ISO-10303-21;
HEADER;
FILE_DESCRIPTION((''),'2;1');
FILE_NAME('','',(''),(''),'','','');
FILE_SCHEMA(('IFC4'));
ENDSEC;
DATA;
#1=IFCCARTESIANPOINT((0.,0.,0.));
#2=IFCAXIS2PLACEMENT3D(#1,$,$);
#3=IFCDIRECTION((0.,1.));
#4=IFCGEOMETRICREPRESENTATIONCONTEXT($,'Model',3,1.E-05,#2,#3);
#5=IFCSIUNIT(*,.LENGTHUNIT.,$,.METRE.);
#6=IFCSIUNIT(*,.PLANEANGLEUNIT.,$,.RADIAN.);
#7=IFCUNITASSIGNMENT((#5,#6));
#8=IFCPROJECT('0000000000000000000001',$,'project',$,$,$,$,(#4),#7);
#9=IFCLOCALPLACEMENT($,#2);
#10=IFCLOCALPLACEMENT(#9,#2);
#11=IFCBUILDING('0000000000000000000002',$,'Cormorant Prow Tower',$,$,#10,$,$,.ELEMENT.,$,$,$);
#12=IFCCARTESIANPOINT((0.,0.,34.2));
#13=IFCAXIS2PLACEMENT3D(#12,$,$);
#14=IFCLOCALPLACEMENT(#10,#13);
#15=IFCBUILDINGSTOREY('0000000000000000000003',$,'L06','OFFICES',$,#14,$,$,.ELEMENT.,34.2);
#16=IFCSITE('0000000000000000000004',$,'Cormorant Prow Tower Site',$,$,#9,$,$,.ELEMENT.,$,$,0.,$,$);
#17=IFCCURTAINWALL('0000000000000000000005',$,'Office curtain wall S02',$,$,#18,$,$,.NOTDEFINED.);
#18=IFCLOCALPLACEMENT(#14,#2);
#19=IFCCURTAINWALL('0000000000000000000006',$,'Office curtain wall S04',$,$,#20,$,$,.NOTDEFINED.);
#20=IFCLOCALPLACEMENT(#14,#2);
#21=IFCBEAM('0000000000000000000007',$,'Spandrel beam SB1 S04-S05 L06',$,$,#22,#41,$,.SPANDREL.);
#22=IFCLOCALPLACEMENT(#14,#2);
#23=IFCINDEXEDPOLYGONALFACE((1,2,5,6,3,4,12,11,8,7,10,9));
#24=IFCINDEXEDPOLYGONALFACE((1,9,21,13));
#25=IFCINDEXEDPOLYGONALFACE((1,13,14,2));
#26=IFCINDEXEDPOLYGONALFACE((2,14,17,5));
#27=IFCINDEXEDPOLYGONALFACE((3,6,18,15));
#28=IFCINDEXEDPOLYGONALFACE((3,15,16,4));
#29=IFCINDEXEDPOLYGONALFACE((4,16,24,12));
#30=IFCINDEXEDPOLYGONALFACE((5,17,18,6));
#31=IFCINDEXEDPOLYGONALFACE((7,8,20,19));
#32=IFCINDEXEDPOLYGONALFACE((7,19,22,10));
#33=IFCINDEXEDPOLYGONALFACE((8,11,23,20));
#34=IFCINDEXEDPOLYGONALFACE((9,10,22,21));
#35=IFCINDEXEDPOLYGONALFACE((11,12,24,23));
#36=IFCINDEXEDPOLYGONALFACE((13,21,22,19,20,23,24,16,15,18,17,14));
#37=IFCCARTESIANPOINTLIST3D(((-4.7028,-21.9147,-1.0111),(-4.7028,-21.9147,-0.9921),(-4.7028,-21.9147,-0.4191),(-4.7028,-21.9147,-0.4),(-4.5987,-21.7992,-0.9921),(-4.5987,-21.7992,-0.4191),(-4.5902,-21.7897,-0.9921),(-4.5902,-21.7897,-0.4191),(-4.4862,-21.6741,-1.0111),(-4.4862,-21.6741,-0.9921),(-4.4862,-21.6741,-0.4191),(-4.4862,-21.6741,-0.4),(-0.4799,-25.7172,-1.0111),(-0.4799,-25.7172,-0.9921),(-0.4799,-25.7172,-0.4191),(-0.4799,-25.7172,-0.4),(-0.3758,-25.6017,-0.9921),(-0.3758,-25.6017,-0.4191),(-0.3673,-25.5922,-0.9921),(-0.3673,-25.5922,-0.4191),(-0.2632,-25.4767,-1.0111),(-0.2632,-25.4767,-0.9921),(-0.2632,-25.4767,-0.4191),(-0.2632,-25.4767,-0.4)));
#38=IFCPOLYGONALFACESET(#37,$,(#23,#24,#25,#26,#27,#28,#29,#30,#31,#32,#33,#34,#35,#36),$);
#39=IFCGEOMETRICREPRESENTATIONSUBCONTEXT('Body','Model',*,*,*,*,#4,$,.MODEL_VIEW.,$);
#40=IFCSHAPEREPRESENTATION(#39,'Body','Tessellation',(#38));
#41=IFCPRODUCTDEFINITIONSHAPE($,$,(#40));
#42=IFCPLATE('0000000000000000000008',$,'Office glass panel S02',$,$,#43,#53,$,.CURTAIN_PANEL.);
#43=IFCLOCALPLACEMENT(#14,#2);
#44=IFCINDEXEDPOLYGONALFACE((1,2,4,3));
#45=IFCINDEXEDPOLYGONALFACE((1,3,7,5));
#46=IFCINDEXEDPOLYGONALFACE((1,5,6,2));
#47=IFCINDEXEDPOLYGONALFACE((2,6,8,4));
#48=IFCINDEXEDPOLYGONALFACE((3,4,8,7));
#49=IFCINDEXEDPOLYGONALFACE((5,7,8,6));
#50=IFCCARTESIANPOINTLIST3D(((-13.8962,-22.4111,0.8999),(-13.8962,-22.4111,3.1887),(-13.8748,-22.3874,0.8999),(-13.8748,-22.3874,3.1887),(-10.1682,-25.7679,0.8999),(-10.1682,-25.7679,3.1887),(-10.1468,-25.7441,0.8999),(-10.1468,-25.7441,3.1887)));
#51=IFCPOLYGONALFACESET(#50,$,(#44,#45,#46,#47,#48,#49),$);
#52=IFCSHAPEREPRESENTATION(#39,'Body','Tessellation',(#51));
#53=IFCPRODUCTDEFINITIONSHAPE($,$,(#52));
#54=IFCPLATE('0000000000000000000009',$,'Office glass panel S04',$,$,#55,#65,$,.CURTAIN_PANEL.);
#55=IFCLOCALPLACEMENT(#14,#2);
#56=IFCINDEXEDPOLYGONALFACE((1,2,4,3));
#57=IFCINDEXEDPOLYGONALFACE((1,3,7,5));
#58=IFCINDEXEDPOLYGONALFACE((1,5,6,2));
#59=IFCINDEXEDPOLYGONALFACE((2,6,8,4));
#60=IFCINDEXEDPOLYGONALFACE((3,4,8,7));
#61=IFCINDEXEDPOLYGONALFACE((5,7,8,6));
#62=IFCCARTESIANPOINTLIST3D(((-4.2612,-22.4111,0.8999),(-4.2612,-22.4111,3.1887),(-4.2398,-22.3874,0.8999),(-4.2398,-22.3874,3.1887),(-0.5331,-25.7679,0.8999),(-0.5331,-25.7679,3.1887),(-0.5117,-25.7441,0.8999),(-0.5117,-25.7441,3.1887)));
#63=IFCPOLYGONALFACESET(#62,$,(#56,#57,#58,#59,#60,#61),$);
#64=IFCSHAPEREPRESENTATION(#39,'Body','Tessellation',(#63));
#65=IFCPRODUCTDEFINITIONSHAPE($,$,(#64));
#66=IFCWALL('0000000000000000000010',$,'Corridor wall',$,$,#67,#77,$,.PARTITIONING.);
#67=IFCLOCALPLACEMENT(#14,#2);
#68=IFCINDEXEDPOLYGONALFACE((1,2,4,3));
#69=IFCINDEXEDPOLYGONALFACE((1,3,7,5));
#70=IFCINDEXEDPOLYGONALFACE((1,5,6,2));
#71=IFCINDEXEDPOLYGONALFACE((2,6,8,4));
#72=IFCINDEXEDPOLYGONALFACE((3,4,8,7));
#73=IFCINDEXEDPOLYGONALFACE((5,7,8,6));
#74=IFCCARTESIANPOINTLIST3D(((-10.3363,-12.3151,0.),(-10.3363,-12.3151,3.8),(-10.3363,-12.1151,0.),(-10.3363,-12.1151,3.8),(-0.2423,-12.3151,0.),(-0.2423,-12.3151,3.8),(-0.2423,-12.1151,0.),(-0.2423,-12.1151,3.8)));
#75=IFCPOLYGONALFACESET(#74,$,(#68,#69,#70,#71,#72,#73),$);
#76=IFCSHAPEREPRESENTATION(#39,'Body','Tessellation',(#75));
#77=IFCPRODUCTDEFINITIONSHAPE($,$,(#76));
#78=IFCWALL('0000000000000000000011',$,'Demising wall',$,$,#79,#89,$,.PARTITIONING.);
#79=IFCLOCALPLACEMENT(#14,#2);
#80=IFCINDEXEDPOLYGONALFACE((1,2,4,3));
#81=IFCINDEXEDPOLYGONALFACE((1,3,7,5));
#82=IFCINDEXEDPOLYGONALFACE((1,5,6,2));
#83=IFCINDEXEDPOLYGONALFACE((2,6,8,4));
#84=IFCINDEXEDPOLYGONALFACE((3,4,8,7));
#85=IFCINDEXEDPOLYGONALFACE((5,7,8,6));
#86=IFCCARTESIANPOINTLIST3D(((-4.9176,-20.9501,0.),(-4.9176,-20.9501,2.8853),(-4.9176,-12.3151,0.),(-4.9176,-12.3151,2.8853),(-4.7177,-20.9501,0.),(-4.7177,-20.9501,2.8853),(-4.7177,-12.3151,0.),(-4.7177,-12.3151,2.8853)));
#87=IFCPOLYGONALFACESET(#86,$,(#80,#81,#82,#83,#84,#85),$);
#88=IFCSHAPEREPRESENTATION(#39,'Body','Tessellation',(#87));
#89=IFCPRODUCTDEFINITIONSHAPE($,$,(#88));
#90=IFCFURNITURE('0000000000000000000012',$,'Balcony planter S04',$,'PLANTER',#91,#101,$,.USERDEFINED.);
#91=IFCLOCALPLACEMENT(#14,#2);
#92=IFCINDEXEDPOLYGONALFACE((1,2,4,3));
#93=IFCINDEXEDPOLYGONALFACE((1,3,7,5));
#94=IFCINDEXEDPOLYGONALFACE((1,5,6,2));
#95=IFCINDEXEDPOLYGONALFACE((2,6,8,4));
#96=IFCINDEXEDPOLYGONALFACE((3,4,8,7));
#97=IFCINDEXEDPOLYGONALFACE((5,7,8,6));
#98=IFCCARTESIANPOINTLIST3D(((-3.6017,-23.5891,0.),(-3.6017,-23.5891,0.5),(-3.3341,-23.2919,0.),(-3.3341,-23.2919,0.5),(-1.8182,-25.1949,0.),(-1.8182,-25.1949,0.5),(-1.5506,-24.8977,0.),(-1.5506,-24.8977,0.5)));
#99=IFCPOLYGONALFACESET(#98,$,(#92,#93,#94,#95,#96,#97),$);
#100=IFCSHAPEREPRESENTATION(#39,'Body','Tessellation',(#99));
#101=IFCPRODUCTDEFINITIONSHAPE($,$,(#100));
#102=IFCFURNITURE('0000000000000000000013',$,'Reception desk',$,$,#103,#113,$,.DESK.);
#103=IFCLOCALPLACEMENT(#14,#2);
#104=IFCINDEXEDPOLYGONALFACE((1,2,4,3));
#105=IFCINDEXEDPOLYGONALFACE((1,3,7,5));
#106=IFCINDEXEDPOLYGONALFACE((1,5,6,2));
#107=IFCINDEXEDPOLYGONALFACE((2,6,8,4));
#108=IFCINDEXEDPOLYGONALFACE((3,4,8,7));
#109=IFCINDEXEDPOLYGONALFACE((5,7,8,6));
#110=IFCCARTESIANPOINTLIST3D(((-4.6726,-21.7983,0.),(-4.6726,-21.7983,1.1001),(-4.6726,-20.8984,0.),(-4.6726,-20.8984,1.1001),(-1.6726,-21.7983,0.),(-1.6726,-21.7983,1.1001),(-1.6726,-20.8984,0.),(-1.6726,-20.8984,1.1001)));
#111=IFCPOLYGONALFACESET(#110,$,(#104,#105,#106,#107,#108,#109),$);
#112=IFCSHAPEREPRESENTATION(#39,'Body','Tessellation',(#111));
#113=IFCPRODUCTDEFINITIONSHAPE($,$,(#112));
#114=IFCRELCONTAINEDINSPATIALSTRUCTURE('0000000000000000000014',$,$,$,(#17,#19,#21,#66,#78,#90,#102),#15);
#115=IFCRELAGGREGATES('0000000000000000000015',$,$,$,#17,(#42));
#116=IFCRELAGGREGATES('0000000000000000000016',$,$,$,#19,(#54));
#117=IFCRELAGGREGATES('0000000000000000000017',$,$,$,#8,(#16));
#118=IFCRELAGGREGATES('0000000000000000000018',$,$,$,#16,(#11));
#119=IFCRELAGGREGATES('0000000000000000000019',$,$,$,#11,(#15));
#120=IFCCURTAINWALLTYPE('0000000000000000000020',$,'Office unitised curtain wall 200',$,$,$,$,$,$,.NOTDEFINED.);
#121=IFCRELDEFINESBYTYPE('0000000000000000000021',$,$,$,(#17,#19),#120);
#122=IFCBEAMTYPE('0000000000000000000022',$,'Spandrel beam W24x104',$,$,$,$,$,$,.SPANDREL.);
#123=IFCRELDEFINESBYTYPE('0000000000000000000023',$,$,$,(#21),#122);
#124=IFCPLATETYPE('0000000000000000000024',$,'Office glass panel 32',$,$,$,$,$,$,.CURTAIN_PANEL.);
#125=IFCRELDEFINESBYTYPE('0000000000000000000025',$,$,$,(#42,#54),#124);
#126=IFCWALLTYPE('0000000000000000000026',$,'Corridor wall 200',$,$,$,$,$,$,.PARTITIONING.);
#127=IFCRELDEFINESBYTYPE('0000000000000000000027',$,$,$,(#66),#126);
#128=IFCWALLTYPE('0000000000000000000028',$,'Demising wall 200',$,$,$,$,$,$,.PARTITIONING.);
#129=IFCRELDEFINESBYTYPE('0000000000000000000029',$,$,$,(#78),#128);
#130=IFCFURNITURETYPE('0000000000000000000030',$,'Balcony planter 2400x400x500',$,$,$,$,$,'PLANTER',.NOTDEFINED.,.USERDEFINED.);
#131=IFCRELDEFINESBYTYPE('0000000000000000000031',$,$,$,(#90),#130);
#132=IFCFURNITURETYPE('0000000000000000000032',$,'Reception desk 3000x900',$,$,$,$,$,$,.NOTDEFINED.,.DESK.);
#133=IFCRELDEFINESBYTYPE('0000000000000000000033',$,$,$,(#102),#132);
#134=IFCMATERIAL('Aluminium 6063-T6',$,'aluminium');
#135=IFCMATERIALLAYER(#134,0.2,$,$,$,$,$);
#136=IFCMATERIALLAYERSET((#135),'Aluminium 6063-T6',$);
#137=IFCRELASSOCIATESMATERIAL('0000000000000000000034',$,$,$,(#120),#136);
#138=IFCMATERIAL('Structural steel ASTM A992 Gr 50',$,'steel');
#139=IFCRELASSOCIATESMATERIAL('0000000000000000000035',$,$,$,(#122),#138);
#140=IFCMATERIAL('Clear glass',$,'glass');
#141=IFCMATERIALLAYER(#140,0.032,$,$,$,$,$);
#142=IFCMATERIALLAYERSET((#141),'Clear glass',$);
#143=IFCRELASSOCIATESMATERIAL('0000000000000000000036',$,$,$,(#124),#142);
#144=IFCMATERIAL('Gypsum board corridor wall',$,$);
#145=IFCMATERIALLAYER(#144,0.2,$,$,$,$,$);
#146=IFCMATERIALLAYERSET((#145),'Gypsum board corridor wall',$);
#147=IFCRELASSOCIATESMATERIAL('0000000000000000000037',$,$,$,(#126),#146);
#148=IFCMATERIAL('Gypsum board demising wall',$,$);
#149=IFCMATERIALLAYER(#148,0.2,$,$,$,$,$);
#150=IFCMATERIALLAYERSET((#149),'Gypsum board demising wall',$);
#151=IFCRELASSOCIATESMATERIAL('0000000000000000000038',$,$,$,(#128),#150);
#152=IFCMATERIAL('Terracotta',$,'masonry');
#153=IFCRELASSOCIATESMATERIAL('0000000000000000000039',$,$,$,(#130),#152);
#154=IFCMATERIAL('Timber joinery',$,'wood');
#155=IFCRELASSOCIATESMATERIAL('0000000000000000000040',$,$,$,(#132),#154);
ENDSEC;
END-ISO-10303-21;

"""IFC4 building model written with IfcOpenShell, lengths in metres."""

from ifc_helpers import new_model, si_unit, direction, frame, frame_2d, origin, origin_2d, place, context, subcontext, project, spatial, rectangle, i_section, extrude, material, layer, layer_set, material_profile, profile_set, type_object, element, aggregate, save


model = new_model("IFC4")

# Units and contexts
model_context = context("Model", 3, precision=1e-05, world=origin(), true_north=direction((0.0, 1.0)))
body_context = subcontext(model_context, "Body", "Model", "MODEL_VIEW")
ifc_project = project(units=[si_unit("LENGTHUNIT", "METRE"), si_unit("PLANEANGLEUNIT", "RADIAN")], contexts=[model_context])

# Site, building, storey
site_placement = place(None, origin())
site = spatial("IfcSite", under=ifc_project, at=site_placement, Name="Cormorant Prow Tower Site", CompositionType="ELEMENT", RefElevation=0.0)
building_placement = place(site_placement, origin())
building = spatial("IfcBuilding", under=site, at=building_placement, Name="Cormorant Prow Tower", CompositionType="ELEMENT")
storey_placement = place(building_placement, frame((0.0, 0.0, 34.2)))
storey = spatial("IfcBuildingStorey", under=building, at=storey_placement, Name="L06", Description="OFFICES", CompositionType="ELEMENT", Elevation=34.2)

# Curtain walls
ifc_material_1 = material(Name="Aluminium 6063-T6", Category="aluminium")
ifc_layer_1 = layer(ifc_material_1, 0.2)
ifc_layer_set_1 = layer_set([ifc_layer_1], Name="Aluminium 6063-T6")
curtain_wall_type = type_object("IfcCurtainWallType", Name="Office unitised curtain wall 200", PredefinedType="NOTDEFINED", material=ifc_layer_set_1)
curtain_wall_1_placement = place(storey_placement, origin())
curtain_wall_1 = element("IfcCurtainWall", 1, at=curtain_wall_1_placement, inside=storey, type_object=curtain_wall_type, Name="Office curtain wall S02", PredefinedType="NOTDEFINED")
curtain_wall_2_placement = place(storey_placement, origin())
curtain_wall_2 = element("IfcCurtainWall", 2, at=curtain_wall_2_placement, inside=storey, type_object=curtain_wall_type, Name="Office curtain wall S04", PredefinedType="NOTDEFINED")

# Beam
ifc_material_2 = material(Name="Structural steel ASTM A992 Gr 50", Category="steel")
ifc_material_profile_1 = material_profile(ifc_material_2, i_section(OverallWidth=0.3237, OverallDepth=0.6111, WebThickness=0.0127, FlangeThickness=0.019, at=origin_2d()), Name="W24x104")
ifc_profile_set_1 = profile_set([ifc_material_profile_1], Name="Structural steel ASTM A992 Gr 50")
beam_type_1 = type_object("IfcBeamType", Name="Spandrel beam W24x104", PredefinedType="SPANDREL", material=ifc_profile_set_1)
for number, where, z_axis, x_axis, name in (
    (3, (-4.5945, -21.7944, -0.7056), (0.74313, -0.669147, 0.0), (0.669147, 0.74313, 0.0), "Spandrel beam SB1 S04-S05 L06"),
):
    element("IfcBeam", number, at=place(storey_placement, frame(where, z_axis=z_axis, x_axis=x_axis)), inside=storey, type_object=beam_type_1, Name=name, PredefinedType="SPANDREL", context=body_context, shape_type="SweptSolid", body=[
        extrude(i_section(OverallWidth=0.3237, OverallDepth=0.6111, WebThickness=0.0127, FlangeThickness=0.019, at=origin_2d()), origin(), (0.0, 0.0, 1.0), 5.6826),
    ])

# Plates
ifc_material_3 = material(Name="Clear glass", Category="glass")
ifc_layer_2 = layer(ifc_material_3, 0.032)
ifc_layer_set_2 = layer_set([ifc_layer_2], Name="Clear glass")
plate_type = type_object("IfcPlateType", Name="Office glass panel 32", PredefinedType="CURTAIN_PANEL", material=ifc_layer_set_2)
plate_1_placement = place(storey_placement, frame((-12.0215, -24.0776, 0.8999), z_axis=(0.0, 0.0, 1.0), x_axis=(0.743145, -0.669131, 0.0)))
plate_1 = element("IfcPlate", 4, at=plate_1_placement, type_object=plate_type, Name="Office glass panel S02", PredefinedType="CURTAIN_PANEL", context=body_context, shape_type="SweptSolid", body=[
    extrude(rectangle(XDim=5.0166, YDim=0.032, at=origin_2d()), origin(), (0.0, 0.0, 1.0), 2.2888),
])
aggregate(curtain_wall_1, [plate_1])
plate_2_placement = place(storey_placement, frame((-2.3865, -24.0776, 0.8999), z_axis=(0.0, 0.0, 1.0), x_axis=(0.743145, -0.669131, 0.0)))
plate_2 = element("IfcPlate", 5, at=plate_2_placement, type_object=plate_type, Name="Office glass panel S04", PredefinedType="CURTAIN_PANEL", context=body_context, shape_type="SweptSolid", body=[
    extrude(rectangle(XDim=5.0166, YDim=0.032, at=origin_2d()), origin(), (0.0, 0.0, 1.0), 2.2888),
])
aggregate(curtain_wall_2, [plate_2])

# Walls
ifc_material_4 = material(Name="Gypsum board corridor wall")
ifc_layer_3 = layer(ifc_material_4, 0.2)
ifc_layer_set_3 = layer_set([ifc_layer_3], Name="Gypsum board corridor wall")
wall_type_1 = type_object("IfcWallType", Name="Corridor wall 200", PredefinedType="PARTITIONING", material=ifc_layer_set_3)
wall_1_placement = place(storey_placement, frame((-10.3362, -12.2151, 0.0), z_axis=(0.0, 0.0, 1.0), x_axis=(1.0, 0.0, 0.0)))
element("IfcWall", 6, at=wall_1_placement, inside=storey, type_object=wall_type_1, Name="Corridor wall", PredefinedType="PARTITIONING", context=body_context, shape_type="SweptSolid", body=[
    extrude(rectangle(XDim=10.094, YDim=0.2, at=frame_2d((5.0469, 0.0))), origin(), (0.0, 0.0, 1.0), 3.8),
])
ifc_material_5 = material(Name="Gypsum board demising wall")
ifc_layer_4 = layer(ifc_material_5, 0.2)
ifc_layer_set_4 = layer_set([ifc_layer_4], Name="Gypsum board demising wall")
wall_type_2 = type_object("IfcWallType", Name="Demising wall 200", PredefinedType="PARTITIONING", material=ifc_layer_set_4)
wall_2_placement = place(storey_placement, frame((-4.8176, -20.95, 0.0), z_axis=(0.0, 0.0, 1.0), x_axis=(0.0, 1.0, 0.0)))
element("IfcWall", 7, at=wall_2_placement, inside=storey, type_object=wall_type_2, Name="Demising wall", PredefinedType="PARTITIONING", context=body_context, shape_type="SweptSolid", body=[
    extrude(rectangle(XDim=8.635, YDim=0.2, at=frame_2d((4.3174, 0.0))), origin(), (0.0, 0.0, 1.0), 2.8853),
])

# Furniture
ifc_material_6 = material(Name="Terracotta", Category="masonry")
furniture_type_1 = type_object("IfcFurnitureType", Name="Balcony planter 2400x400x500", ElementType="PLANTER", AssemblyPlace="NOTDEFINED", PredefinedType="USERDEFINED", material=ifc_material_6)
furniture_1_placement = place(storey_placement, frame((-2.5762, -24.2434, 0.0), z_axis=(0.0, 0.0, 1.0), x_axis=(0.743145, -0.669131, 0.0)))
element("IfcFurniture", 8, at=furniture_1_placement, inside=storey, type_object=furniture_type_1, Name="Balcony planter S04", ObjectType="PLANTER", PredefinedType="USERDEFINED", context=body_context, shape_type="SweptSolid", body=[
    extrude(rectangle(XDim=2.3999, YDim=0.3999, at=origin_2d()), origin(), (0.0, 0.0, 1.0), 0.5),
])
ifc_material_7 = material(Name="Timber joinery", Category="wood")
furniture_type_2 = type_object("IfcFurnitureType", Name="Reception desk 3000x900", AssemblyPlace="NOTDEFINED", PredefinedType="DESK", material=ifc_material_7)
furniture_2_placement = place(storey_placement, frame((-3.1726, -21.3484, 0.0), z_axis=(0.0, 0.0, 1.0), x_axis=(1.0, 0.0, 0.0)))
element("IfcFurniture", 9, at=furniture_2_placement, inside=storey, type_object=furniture_type_2, Name="Reception desk", PredefinedType="DESK", context=body_context, shape_type="SweptSolid", body=[
    extrude(rectangle(XDim=3.0, YDim=0.8999, at=origin_2d()), origin(), (0.0, 0.0, 1.0), 1.1001),
])

save(model, "model.ifc")
